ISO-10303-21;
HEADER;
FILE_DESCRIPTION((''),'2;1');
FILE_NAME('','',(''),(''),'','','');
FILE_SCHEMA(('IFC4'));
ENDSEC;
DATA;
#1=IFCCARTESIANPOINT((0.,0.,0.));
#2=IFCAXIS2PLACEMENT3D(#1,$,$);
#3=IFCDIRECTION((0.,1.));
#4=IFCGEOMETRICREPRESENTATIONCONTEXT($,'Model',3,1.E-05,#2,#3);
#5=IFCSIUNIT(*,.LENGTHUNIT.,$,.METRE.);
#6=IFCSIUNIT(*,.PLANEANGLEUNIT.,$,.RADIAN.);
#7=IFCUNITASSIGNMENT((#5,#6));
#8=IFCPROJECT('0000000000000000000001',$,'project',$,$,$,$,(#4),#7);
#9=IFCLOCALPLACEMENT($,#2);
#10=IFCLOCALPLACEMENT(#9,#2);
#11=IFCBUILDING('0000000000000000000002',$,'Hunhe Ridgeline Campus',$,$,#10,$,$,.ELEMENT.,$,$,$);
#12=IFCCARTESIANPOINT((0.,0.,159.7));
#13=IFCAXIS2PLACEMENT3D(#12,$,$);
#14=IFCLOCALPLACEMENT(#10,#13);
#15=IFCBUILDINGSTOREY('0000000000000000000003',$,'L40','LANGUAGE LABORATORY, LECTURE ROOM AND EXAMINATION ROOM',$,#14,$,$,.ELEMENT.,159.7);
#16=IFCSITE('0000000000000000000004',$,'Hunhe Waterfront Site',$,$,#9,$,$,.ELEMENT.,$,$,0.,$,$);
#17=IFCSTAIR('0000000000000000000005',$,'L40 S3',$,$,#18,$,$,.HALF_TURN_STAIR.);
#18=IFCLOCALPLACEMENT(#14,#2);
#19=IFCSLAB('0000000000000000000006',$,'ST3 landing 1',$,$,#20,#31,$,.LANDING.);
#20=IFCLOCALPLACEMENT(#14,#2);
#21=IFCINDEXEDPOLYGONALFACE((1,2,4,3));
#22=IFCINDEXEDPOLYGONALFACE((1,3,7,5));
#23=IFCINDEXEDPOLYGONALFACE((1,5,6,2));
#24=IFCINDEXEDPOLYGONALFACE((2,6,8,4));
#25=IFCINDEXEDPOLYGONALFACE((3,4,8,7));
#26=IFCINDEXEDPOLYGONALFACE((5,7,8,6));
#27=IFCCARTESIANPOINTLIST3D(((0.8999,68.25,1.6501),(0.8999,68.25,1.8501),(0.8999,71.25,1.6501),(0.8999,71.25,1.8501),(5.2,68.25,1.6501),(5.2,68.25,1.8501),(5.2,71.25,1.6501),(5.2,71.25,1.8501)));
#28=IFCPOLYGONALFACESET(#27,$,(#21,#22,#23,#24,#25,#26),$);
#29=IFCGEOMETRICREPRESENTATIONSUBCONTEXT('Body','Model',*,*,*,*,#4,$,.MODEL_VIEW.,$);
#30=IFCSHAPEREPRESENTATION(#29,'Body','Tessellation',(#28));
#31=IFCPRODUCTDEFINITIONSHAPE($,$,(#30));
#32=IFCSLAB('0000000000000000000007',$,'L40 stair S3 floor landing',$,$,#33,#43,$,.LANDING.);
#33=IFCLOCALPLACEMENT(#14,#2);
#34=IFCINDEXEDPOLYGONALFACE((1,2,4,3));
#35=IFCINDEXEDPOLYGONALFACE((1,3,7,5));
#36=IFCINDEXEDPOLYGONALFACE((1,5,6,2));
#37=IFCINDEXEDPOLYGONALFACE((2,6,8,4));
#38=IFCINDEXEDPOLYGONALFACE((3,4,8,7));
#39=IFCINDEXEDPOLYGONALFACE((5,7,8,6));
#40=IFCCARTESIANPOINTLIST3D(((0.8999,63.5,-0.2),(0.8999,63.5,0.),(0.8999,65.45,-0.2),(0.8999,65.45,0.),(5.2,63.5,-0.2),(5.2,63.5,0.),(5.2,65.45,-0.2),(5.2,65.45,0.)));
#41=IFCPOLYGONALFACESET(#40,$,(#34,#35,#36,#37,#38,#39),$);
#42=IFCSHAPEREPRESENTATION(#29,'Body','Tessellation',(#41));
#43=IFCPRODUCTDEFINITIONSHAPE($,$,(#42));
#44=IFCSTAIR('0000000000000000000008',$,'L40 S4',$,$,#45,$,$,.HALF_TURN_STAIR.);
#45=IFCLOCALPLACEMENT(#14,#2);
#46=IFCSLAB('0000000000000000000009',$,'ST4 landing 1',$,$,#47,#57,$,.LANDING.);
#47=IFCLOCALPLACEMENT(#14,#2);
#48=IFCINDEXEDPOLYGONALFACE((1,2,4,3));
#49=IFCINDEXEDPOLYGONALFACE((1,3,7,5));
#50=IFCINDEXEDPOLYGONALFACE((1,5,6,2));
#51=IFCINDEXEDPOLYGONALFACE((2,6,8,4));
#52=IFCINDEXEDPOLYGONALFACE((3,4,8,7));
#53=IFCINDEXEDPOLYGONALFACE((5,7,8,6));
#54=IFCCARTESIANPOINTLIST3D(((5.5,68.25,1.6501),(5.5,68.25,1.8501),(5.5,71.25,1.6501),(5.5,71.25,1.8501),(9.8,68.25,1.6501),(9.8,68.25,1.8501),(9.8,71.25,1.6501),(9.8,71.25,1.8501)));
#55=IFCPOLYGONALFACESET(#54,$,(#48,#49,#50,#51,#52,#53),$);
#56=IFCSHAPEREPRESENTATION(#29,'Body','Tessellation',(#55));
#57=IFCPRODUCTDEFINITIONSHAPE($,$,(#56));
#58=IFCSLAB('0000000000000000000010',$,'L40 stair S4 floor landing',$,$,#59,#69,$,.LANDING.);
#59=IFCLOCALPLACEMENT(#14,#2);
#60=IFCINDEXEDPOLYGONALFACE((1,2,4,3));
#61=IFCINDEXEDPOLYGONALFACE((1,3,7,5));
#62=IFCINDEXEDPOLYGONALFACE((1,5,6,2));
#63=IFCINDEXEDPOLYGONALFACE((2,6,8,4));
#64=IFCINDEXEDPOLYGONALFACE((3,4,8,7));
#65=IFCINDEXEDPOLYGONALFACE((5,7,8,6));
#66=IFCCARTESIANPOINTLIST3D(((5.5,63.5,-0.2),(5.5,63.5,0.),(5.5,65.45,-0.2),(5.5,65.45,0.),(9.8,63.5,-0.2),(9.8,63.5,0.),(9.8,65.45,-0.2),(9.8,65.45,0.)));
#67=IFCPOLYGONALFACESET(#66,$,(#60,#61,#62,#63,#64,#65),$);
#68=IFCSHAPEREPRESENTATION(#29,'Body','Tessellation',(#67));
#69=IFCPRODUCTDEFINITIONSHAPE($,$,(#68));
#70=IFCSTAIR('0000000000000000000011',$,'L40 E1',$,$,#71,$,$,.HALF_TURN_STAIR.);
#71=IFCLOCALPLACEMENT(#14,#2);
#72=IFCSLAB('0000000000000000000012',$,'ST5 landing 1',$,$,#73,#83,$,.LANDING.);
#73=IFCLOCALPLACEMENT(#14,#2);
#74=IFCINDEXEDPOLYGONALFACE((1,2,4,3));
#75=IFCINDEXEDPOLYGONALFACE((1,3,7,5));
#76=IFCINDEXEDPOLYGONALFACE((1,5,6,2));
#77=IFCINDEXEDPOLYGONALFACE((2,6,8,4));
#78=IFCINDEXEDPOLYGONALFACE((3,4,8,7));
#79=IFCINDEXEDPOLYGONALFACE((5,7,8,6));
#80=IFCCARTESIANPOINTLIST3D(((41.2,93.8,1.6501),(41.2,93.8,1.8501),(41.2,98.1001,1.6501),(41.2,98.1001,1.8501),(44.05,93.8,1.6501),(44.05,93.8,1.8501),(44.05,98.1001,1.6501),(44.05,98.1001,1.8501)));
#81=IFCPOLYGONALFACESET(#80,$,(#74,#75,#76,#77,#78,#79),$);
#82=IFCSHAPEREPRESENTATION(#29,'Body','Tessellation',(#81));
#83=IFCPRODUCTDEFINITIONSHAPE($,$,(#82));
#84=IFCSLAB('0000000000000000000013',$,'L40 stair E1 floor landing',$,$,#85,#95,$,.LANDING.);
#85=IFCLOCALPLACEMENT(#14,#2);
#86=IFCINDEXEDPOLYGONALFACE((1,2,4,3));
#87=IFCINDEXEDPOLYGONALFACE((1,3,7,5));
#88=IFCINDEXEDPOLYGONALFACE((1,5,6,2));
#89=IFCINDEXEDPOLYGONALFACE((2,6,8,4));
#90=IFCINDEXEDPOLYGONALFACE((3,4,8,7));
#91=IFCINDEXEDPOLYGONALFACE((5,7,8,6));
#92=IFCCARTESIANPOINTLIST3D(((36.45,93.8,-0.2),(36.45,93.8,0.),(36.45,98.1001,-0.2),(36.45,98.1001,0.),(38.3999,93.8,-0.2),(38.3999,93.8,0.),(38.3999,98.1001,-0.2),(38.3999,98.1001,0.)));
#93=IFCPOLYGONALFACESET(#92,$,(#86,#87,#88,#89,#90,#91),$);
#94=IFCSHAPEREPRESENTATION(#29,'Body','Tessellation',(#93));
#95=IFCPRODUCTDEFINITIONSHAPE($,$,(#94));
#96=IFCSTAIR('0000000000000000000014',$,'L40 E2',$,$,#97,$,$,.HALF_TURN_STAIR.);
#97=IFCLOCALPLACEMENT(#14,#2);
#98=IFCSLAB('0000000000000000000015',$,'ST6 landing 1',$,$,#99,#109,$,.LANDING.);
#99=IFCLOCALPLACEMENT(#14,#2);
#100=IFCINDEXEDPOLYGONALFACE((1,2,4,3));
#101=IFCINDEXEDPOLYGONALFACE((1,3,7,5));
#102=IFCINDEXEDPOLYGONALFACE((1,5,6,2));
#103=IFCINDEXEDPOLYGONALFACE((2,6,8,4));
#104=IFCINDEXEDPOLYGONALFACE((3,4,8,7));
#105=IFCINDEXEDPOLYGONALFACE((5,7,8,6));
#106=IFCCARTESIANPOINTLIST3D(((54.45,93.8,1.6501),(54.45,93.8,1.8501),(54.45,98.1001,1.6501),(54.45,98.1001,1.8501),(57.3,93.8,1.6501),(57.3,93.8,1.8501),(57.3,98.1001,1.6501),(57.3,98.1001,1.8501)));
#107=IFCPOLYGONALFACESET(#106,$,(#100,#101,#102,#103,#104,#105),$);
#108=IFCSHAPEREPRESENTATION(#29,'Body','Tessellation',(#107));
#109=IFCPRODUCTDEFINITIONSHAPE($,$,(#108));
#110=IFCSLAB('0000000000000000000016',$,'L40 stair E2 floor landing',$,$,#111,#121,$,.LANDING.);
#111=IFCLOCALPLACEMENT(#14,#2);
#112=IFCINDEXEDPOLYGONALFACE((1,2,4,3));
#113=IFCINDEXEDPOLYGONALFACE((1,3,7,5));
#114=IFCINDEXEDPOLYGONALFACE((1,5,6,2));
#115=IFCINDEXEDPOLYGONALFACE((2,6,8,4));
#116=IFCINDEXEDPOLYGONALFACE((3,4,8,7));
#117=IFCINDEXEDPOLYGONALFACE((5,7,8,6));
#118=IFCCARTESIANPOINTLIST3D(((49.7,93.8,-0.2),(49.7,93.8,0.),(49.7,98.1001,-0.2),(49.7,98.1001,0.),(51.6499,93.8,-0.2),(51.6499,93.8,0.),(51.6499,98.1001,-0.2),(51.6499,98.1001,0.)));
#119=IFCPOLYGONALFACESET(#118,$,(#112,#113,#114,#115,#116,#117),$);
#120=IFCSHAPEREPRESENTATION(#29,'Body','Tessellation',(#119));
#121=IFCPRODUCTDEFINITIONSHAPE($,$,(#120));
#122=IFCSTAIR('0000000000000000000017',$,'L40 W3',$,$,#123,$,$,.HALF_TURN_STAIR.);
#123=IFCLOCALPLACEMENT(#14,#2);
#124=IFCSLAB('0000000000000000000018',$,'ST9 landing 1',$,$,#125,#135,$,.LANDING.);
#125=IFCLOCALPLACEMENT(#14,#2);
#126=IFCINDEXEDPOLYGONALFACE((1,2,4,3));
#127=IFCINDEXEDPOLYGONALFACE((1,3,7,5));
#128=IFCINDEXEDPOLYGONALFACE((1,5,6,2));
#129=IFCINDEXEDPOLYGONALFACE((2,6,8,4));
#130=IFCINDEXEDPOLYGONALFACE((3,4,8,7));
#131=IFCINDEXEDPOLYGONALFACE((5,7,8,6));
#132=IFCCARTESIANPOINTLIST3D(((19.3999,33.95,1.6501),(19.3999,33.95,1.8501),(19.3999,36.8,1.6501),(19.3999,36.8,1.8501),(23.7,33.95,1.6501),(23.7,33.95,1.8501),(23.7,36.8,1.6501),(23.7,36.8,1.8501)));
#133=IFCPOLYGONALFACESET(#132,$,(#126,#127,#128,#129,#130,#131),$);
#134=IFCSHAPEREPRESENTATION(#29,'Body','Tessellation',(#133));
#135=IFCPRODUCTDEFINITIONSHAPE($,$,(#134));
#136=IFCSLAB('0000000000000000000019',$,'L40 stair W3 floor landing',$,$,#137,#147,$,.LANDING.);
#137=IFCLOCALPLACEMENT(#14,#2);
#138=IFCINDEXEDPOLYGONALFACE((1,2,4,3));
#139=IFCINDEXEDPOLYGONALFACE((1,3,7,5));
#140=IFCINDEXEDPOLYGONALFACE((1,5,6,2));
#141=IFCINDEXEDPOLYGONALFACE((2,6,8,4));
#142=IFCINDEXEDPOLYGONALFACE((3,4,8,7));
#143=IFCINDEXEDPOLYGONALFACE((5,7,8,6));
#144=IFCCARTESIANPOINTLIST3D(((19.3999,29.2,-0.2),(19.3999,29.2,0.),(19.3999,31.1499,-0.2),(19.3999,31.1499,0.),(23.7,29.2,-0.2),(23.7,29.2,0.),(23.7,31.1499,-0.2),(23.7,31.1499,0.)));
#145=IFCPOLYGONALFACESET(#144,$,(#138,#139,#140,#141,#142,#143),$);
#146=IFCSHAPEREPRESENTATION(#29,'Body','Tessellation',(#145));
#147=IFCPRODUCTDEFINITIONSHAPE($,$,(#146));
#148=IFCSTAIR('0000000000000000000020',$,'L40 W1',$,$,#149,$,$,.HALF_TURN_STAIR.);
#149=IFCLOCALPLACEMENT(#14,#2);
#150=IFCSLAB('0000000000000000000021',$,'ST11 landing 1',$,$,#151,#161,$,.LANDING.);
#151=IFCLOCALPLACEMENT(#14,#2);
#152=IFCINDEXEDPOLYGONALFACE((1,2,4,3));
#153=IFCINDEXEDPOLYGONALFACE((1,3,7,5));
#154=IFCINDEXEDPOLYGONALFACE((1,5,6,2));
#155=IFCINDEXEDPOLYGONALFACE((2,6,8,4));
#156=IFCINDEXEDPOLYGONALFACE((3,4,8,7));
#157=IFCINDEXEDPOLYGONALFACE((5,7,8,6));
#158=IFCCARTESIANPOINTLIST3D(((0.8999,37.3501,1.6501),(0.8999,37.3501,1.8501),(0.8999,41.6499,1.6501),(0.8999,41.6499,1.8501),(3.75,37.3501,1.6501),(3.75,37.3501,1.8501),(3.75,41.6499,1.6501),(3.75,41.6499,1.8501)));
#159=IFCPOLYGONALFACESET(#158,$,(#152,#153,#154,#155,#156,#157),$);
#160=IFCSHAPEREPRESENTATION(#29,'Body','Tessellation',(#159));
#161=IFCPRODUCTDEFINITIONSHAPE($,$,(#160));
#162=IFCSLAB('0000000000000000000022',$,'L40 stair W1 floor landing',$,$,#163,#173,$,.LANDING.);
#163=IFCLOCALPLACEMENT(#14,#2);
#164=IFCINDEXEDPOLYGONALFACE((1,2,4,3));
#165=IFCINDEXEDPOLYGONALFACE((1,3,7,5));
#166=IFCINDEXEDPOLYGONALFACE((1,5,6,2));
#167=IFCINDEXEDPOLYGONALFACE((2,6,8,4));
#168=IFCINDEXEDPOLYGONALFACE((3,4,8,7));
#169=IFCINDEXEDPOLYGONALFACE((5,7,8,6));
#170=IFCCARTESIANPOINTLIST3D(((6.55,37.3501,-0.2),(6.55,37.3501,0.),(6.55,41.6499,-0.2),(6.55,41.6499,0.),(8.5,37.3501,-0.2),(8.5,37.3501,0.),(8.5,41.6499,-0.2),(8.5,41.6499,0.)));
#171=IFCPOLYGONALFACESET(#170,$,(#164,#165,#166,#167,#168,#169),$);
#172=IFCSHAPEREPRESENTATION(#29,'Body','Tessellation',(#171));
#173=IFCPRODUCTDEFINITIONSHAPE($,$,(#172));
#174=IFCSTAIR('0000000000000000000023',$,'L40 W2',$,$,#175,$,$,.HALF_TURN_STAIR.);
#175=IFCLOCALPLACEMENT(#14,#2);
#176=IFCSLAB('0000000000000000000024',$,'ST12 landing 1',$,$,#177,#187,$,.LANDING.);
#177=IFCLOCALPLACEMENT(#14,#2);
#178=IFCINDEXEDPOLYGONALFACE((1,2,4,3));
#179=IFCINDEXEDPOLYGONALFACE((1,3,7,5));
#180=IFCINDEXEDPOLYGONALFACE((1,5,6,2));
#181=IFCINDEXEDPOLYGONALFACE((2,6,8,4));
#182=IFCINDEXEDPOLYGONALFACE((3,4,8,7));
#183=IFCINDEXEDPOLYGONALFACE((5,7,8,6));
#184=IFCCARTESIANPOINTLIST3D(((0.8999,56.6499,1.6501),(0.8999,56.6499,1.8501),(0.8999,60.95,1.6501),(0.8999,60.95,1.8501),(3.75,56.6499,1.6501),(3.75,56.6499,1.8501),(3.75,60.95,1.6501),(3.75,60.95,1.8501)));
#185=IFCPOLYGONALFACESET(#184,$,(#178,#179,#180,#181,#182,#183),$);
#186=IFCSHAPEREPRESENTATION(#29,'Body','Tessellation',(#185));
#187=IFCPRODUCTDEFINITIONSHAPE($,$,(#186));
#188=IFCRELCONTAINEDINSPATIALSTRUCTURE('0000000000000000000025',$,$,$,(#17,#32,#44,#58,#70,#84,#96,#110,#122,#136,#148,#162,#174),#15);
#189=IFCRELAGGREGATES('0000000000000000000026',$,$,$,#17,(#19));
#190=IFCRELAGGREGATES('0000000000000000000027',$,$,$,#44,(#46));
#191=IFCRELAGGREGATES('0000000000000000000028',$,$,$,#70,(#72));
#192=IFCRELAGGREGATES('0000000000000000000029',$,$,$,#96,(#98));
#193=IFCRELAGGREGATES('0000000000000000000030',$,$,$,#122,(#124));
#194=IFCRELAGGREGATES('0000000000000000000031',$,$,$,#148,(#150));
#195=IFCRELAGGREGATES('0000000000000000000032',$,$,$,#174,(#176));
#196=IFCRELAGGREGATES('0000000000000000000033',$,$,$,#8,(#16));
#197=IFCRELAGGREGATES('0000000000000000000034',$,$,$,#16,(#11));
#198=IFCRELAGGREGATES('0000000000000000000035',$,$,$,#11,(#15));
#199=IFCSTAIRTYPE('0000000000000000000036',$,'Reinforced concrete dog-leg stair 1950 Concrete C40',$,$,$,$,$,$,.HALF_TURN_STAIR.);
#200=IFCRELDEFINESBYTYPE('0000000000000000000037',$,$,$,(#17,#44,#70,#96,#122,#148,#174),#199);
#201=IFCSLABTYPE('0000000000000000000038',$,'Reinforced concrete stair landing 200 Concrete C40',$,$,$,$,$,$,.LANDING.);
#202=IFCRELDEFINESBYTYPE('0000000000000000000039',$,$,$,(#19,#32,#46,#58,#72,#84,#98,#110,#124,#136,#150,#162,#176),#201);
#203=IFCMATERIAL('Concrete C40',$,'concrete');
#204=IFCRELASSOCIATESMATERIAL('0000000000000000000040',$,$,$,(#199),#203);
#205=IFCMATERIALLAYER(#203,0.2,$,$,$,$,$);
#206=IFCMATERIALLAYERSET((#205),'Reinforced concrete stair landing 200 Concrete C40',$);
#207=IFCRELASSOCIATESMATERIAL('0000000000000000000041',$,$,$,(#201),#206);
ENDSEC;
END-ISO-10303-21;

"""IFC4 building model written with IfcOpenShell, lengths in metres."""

from ifc_helpers import new_model, si_unit, direction, frame, origin, place, context, subcontext, project, spatial, polyline, outline, extrude, material, layer, layer_set, type_object, element, aggregate, save


model = new_model("IFC4")

# Units and contexts
model_context = context("Model", 3, precision=1e-05, world=origin(), true_north=direction((0.0, 1.0)))
body_context = subcontext(model_context, "Body", "Model", "MODEL_VIEW")
ifc_project = project(units=[si_unit("LENGTHUNIT", "METRE"), si_unit("PLANEANGLEUNIT", "RADIAN")], contexts=[model_context])

# Site, building, storey
site_placement = place(None, origin())
site = spatial("IfcSite", under=ifc_project, at=site_placement, Name="Hunhe Waterfront Site", CompositionType="ELEMENT", RefElevation=0.0)
building_placement = place(site_placement, origin())
building = spatial("IfcBuilding", under=site, at=building_placement, Name="Hunhe Ridgeline Campus", CompositionType="ELEMENT")
storey_placement = place(building_placement, frame((0.0, 0.0, 159.7)))
storey = spatial("IfcBuildingStorey", under=building, at=storey_placement, Name="L40", Description="LANGUAGE LABORATORY, LECTURE ROOM AND EXAMINATION ROOM", CompositionType="ELEMENT", Elevation=159.7)

# Shared definitions
ifc_material_1 = material(Name="Concrete C40", Category="concrete")

# Shared definitions
stair_type = type_object("IfcStairType", Name="Reinforced concrete dog-leg stair 1950 Concrete C40", PredefinedType="HALF_TURN_STAIR", material=ifc_material_1)
ifc_layer_1 = layer(ifc_material_1, 0.2)
ifc_layer_set_1 = layer_set([ifc_layer_1], Name="Reinforced concrete stair landing 200 Concrete C40")
slab_type_1 = type_object("IfcSlabType", Name="Reinforced concrete stair landing 200 Concrete C40", PredefinedType="LANDING", material=ifc_layer_set_1)

# Stair, slab
stair_1_placement = place(storey_placement, origin())
stair_1 = element("IfcStair", 1, at=stair_1_placement, inside=storey, type_object=stair_type, Name="L40 S3", PredefinedType="HALF_TURN_STAIR")
slab_1_placement = place(storey_placement, frame((0.0, 0.0, 1.6501)))
slab_1 = element("IfcSlab", 2, at=slab_1_placement, type_object=slab_type_1, Name="ST3 landing 1", PredefinedType="LANDING", context=body_context, shape_type="SweptSolid", body=[
    extrude(outline(polyline([(5.2, 68.25), (5.2, 71.25), (0.8999, 71.25), (0.8999, 68.25), (5.2, 68.25)])), origin(), (0.0, 0.0, 1.0), 0.2),
])
aggregate(stair_1, [slab_1])

# Slab
slab_2_placement = place(storey_placement, frame((0.0, 0.0, -0.2)))
element("IfcSlab", 3, at=slab_2_placement, inside=storey, type_object=slab_type_1, Name="L40 stair S3 floor landing", PredefinedType="LANDING", context=body_context, shape_type="SweptSolid", body=[
    extrude(outline(polyline([(5.2, 63.5), (5.2, 65.45), (0.8999, 65.45), (0.8999, 63.5), (5.2, 63.5)])), origin(), (0.0, 0.0, 1.0), 0.2),
])

# Stair, slab
stair_2_placement = place(storey_placement, origin())
stair_2 = element("IfcStair", 4, at=stair_2_placement, inside=storey, type_object=stair_type, Name="L40 S4", PredefinedType="HALF_TURN_STAIR")
slab_3_placement = place(storey_placement, frame((0.0, 0.0, 1.6501)))
slab_3 = element("IfcSlab", 5, at=slab_3_placement, type_object=slab_type_1, Name="ST4 landing 1", PredefinedType="LANDING", context=body_context, shape_type="SweptSolid", body=[
    extrude(outline(polyline([(9.8, 68.25), (9.8, 71.25), (5.5, 71.25), (5.5, 68.25), (9.8, 68.25)])), origin(), (0.0, 0.0, 1.0), 0.2),
])
aggregate(stair_2, [slab_3])

# Slab
slab_4_placement = place(storey_placement, frame((0.0, 0.0, -0.2)))
element("IfcSlab", 6, at=slab_4_placement, inside=storey, type_object=slab_type_1, Name="L40 stair S4 floor landing", PredefinedType="LANDING", context=body_context, shape_type="SweptSolid", body=[
    extrude(outline(polyline([(9.8, 63.5), (9.8, 65.45), (5.5, 65.45), (5.5, 63.5), (9.8, 63.5)])), origin(), (0.0, 0.0, 1.0), 0.2),
])

# Stair, slab
stair_3_placement = place(storey_placement, origin())
stair_3 = element("IfcStair", 7, at=stair_3_placement, inside=storey, type_object=stair_type, Name="L40 E1", PredefinedType="HALF_TURN_STAIR")
slab_5_placement = place(storey_placement, frame((0.0, 0.0, 1.6501)))
slab_5 = element("IfcSlab", 8, at=slab_5_placement, type_object=slab_type_1, Name="ST5 landing 1", PredefinedType="LANDING", context=body_context, shape_type="SweptSolid", body=[
    extrude(outline(polyline([(41.2, 93.8), (44.05, 93.8), (44.05, 98.1001), (41.2, 98.1001), (41.2, 93.8)])), origin(), (0.0, 0.0, 1.0), 0.2),
])
aggregate(stair_3, [slab_5])

# Slab
slab_6_placement = place(storey_placement, frame((0.0, 0.0, -0.2)))
element("IfcSlab", 9, at=slab_6_placement, inside=storey, type_object=slab_type_1, Name="L40 stair E1 floor landing", PredefinedType="LANDING", context=body_context, shape_type="SweptSolid", body=[
    extrude(outline(polyline([(36.45, 93.8), (38.3999, 93.8), (38.3999, 98.1001), (36.45, 98.1001), (36.45, 93.8)])), origin(), (0.0, 0.0, 1.0), 0.2),
])

# Stair, slab
stair_4_placement = place(storey_placement, origin())
stair_4 = element("IfcStair", 10, at=stair_4_placement, inside=storey, type_object=stair_type, Name="L40 E2", PredefinedType="HALF_TURN_STAIR")
slab_7_placement = place(storey_placement, frame((0.0, 0.0, 1.6501)))
slab_7 = element("IfcSlab", 11, at=slab_7_placement, type_object=slab_type_1, Name="ST6 landing 1", PredefinedType="LANDING", context=body_context, shape_type="SweptSolid", body=[
    extrude(outline(polyline([(54.45, 93.8), (57.3, 93.8), (57.3, 98.1001), (54.45, 98.1001), (54.45, 93.8)])), origin(), (0.0, 0.0, 1.0), 0.2),
])
aggregate(stair_4, [slab_7])

# Slab
slab_8_placement = place(storey_placement, frame((0.0, 0.0, -0.2)))
element("IfcSlab", 12, at=slab_8_placement, inside=storey, type_object=slab_type_1, Name="L40 stair E2 floor landing", PredefinedType="LANDING", context=body_context, shape_type="SweptSolid", body=[
    extrude(outline(polyline([(49.7, 93.8), (51.6499, 93.8), (51.6499, 98.1001), (49.7, 98.1001), (49.7, 93.8)])), origin(), (0.0, 0.0, 1.0), 0.2),
])

# Stair, slab
stair_5_placement = place(storey_placement, origin())
stair_5 = element("IfcStair", 13, at=stair_5_placement, inside=storey, type_object=stair_type, Name="L40 W3", PredefinedType="HALF_TURN_STAIR")
slab_9_placement = place(storey_placement, frame((0.0, 0.0, 1.6501)))
slab_9 = element("IfcSlab", 14, at=slab_9_placement, type_object=slab_type_1, Name="ST9 landing 1", PredefinedType="LANDING", context=body_context, shape_type="SweptSolid", body=[
    extrude(outline(polyline([(23.7, 33.95), (23.7, 36.8), (19.3999, 36.8), (19.3999, 33.95), (23.7, 33.95)])), origin(), (0.0, 0.0, 1.0), 0.2),
])
aggregate(stair_5, [slab_9])

# Slab
slab_10_placement = place(storey_placement, frame((0.0, 0.0, -0.2)))
element("IfcSlab", 15, at=slab_10_placement, inside=storey, type_object=slab_type_1, Name="L40 stair W3 floor landing", PredefinedType="LANDING", context=body_context, shape_type="SweptSolid", body=[
    extrude(outline(polyline([(23.7, 29.2), (23.7, 31.1499), (19.3999, 31.1499), (19.3999, 29.2), (23.7, 29.2)])), origin(), (0.0, 0.0, 1.0), 0.2),
])

# Stair, slab
stair_6_placement = place(storey_placement, origin())
stair_6 = element("IfcStair", 16, at=stair_6_placement, inside=storey, type_object=stair_type, Name="L40 W1", PredefinedType="HALF_TURN_STAIR")
slab_11_placement = place(storey_placement, frame((0.0, 0.0, 1.6501)))
slab_11 = element("IfcSlab", 17, at=slab_11_placement, type_object=slab_type_1, Name="ST11 landing 1", PredefinedType="LANDING", context=body_context, shape_type="SweptSolid", body=[
    extrude(outline(polyline([(3.75, 41.6499), (0.8999, 41.6499), (0.8999, 37.3501), (3.75, 37.3501), (3.75, 41.6499)])), origin(), (0.0, 0.0, 1.0), 0.2),
])
aggregate(stair_6, [slab_11])

# Slab
slab_12_placement = place(storey_placement, frame((0.0, 0.0, -0.2)))
element("IfcSlab", 18, at=slab_12_placement, inside=storey, type_object=slab_type_1, Name="L40 stair W1 floor landing", PredefinedType="LANDING", context=body_context, shape_type="SweptSolid", body=[
    extrude(outline(polyline([(8.5, 41.6499), (6.55, 41.6499), (6.55, 37.3501), (8.5, 37.3501), (8.5, 41.6499)])), origin(), (0.0, 0.0, 1.0), 0.2),
])

# Stair, slab
stair_7_placement = place(storey_placement, origin())
stair_7 = element("IfcStair", 19, at=stair_7_placement, inside=storey, type_object=stair_type, Name="L40 W2", PredefinedType="HALF_TURN_STAIR")
slab_13_placement = place(storey_placement, frame((0.0, 0.0, 1.6501)))
slab_13 = element("IfcSlab", 20, at=slab_13_placement, type_object=slab_type_1, Name="ST12 landing 1", PredefinedType="LANDING", context=body_context, shape_type="SweptSolid", body=[
    extrude(outline(polyline([(3.75, 60.95), (0.8999, 60.95), (0.8999, 56.6499), (3.75, 56.6499), (3.75, 60.95)])), origin(), (0.0, 0.0, 1.0), 0.2),
])
aggregate(stair_7, [slab_13])

save(model, "model.ifc")
